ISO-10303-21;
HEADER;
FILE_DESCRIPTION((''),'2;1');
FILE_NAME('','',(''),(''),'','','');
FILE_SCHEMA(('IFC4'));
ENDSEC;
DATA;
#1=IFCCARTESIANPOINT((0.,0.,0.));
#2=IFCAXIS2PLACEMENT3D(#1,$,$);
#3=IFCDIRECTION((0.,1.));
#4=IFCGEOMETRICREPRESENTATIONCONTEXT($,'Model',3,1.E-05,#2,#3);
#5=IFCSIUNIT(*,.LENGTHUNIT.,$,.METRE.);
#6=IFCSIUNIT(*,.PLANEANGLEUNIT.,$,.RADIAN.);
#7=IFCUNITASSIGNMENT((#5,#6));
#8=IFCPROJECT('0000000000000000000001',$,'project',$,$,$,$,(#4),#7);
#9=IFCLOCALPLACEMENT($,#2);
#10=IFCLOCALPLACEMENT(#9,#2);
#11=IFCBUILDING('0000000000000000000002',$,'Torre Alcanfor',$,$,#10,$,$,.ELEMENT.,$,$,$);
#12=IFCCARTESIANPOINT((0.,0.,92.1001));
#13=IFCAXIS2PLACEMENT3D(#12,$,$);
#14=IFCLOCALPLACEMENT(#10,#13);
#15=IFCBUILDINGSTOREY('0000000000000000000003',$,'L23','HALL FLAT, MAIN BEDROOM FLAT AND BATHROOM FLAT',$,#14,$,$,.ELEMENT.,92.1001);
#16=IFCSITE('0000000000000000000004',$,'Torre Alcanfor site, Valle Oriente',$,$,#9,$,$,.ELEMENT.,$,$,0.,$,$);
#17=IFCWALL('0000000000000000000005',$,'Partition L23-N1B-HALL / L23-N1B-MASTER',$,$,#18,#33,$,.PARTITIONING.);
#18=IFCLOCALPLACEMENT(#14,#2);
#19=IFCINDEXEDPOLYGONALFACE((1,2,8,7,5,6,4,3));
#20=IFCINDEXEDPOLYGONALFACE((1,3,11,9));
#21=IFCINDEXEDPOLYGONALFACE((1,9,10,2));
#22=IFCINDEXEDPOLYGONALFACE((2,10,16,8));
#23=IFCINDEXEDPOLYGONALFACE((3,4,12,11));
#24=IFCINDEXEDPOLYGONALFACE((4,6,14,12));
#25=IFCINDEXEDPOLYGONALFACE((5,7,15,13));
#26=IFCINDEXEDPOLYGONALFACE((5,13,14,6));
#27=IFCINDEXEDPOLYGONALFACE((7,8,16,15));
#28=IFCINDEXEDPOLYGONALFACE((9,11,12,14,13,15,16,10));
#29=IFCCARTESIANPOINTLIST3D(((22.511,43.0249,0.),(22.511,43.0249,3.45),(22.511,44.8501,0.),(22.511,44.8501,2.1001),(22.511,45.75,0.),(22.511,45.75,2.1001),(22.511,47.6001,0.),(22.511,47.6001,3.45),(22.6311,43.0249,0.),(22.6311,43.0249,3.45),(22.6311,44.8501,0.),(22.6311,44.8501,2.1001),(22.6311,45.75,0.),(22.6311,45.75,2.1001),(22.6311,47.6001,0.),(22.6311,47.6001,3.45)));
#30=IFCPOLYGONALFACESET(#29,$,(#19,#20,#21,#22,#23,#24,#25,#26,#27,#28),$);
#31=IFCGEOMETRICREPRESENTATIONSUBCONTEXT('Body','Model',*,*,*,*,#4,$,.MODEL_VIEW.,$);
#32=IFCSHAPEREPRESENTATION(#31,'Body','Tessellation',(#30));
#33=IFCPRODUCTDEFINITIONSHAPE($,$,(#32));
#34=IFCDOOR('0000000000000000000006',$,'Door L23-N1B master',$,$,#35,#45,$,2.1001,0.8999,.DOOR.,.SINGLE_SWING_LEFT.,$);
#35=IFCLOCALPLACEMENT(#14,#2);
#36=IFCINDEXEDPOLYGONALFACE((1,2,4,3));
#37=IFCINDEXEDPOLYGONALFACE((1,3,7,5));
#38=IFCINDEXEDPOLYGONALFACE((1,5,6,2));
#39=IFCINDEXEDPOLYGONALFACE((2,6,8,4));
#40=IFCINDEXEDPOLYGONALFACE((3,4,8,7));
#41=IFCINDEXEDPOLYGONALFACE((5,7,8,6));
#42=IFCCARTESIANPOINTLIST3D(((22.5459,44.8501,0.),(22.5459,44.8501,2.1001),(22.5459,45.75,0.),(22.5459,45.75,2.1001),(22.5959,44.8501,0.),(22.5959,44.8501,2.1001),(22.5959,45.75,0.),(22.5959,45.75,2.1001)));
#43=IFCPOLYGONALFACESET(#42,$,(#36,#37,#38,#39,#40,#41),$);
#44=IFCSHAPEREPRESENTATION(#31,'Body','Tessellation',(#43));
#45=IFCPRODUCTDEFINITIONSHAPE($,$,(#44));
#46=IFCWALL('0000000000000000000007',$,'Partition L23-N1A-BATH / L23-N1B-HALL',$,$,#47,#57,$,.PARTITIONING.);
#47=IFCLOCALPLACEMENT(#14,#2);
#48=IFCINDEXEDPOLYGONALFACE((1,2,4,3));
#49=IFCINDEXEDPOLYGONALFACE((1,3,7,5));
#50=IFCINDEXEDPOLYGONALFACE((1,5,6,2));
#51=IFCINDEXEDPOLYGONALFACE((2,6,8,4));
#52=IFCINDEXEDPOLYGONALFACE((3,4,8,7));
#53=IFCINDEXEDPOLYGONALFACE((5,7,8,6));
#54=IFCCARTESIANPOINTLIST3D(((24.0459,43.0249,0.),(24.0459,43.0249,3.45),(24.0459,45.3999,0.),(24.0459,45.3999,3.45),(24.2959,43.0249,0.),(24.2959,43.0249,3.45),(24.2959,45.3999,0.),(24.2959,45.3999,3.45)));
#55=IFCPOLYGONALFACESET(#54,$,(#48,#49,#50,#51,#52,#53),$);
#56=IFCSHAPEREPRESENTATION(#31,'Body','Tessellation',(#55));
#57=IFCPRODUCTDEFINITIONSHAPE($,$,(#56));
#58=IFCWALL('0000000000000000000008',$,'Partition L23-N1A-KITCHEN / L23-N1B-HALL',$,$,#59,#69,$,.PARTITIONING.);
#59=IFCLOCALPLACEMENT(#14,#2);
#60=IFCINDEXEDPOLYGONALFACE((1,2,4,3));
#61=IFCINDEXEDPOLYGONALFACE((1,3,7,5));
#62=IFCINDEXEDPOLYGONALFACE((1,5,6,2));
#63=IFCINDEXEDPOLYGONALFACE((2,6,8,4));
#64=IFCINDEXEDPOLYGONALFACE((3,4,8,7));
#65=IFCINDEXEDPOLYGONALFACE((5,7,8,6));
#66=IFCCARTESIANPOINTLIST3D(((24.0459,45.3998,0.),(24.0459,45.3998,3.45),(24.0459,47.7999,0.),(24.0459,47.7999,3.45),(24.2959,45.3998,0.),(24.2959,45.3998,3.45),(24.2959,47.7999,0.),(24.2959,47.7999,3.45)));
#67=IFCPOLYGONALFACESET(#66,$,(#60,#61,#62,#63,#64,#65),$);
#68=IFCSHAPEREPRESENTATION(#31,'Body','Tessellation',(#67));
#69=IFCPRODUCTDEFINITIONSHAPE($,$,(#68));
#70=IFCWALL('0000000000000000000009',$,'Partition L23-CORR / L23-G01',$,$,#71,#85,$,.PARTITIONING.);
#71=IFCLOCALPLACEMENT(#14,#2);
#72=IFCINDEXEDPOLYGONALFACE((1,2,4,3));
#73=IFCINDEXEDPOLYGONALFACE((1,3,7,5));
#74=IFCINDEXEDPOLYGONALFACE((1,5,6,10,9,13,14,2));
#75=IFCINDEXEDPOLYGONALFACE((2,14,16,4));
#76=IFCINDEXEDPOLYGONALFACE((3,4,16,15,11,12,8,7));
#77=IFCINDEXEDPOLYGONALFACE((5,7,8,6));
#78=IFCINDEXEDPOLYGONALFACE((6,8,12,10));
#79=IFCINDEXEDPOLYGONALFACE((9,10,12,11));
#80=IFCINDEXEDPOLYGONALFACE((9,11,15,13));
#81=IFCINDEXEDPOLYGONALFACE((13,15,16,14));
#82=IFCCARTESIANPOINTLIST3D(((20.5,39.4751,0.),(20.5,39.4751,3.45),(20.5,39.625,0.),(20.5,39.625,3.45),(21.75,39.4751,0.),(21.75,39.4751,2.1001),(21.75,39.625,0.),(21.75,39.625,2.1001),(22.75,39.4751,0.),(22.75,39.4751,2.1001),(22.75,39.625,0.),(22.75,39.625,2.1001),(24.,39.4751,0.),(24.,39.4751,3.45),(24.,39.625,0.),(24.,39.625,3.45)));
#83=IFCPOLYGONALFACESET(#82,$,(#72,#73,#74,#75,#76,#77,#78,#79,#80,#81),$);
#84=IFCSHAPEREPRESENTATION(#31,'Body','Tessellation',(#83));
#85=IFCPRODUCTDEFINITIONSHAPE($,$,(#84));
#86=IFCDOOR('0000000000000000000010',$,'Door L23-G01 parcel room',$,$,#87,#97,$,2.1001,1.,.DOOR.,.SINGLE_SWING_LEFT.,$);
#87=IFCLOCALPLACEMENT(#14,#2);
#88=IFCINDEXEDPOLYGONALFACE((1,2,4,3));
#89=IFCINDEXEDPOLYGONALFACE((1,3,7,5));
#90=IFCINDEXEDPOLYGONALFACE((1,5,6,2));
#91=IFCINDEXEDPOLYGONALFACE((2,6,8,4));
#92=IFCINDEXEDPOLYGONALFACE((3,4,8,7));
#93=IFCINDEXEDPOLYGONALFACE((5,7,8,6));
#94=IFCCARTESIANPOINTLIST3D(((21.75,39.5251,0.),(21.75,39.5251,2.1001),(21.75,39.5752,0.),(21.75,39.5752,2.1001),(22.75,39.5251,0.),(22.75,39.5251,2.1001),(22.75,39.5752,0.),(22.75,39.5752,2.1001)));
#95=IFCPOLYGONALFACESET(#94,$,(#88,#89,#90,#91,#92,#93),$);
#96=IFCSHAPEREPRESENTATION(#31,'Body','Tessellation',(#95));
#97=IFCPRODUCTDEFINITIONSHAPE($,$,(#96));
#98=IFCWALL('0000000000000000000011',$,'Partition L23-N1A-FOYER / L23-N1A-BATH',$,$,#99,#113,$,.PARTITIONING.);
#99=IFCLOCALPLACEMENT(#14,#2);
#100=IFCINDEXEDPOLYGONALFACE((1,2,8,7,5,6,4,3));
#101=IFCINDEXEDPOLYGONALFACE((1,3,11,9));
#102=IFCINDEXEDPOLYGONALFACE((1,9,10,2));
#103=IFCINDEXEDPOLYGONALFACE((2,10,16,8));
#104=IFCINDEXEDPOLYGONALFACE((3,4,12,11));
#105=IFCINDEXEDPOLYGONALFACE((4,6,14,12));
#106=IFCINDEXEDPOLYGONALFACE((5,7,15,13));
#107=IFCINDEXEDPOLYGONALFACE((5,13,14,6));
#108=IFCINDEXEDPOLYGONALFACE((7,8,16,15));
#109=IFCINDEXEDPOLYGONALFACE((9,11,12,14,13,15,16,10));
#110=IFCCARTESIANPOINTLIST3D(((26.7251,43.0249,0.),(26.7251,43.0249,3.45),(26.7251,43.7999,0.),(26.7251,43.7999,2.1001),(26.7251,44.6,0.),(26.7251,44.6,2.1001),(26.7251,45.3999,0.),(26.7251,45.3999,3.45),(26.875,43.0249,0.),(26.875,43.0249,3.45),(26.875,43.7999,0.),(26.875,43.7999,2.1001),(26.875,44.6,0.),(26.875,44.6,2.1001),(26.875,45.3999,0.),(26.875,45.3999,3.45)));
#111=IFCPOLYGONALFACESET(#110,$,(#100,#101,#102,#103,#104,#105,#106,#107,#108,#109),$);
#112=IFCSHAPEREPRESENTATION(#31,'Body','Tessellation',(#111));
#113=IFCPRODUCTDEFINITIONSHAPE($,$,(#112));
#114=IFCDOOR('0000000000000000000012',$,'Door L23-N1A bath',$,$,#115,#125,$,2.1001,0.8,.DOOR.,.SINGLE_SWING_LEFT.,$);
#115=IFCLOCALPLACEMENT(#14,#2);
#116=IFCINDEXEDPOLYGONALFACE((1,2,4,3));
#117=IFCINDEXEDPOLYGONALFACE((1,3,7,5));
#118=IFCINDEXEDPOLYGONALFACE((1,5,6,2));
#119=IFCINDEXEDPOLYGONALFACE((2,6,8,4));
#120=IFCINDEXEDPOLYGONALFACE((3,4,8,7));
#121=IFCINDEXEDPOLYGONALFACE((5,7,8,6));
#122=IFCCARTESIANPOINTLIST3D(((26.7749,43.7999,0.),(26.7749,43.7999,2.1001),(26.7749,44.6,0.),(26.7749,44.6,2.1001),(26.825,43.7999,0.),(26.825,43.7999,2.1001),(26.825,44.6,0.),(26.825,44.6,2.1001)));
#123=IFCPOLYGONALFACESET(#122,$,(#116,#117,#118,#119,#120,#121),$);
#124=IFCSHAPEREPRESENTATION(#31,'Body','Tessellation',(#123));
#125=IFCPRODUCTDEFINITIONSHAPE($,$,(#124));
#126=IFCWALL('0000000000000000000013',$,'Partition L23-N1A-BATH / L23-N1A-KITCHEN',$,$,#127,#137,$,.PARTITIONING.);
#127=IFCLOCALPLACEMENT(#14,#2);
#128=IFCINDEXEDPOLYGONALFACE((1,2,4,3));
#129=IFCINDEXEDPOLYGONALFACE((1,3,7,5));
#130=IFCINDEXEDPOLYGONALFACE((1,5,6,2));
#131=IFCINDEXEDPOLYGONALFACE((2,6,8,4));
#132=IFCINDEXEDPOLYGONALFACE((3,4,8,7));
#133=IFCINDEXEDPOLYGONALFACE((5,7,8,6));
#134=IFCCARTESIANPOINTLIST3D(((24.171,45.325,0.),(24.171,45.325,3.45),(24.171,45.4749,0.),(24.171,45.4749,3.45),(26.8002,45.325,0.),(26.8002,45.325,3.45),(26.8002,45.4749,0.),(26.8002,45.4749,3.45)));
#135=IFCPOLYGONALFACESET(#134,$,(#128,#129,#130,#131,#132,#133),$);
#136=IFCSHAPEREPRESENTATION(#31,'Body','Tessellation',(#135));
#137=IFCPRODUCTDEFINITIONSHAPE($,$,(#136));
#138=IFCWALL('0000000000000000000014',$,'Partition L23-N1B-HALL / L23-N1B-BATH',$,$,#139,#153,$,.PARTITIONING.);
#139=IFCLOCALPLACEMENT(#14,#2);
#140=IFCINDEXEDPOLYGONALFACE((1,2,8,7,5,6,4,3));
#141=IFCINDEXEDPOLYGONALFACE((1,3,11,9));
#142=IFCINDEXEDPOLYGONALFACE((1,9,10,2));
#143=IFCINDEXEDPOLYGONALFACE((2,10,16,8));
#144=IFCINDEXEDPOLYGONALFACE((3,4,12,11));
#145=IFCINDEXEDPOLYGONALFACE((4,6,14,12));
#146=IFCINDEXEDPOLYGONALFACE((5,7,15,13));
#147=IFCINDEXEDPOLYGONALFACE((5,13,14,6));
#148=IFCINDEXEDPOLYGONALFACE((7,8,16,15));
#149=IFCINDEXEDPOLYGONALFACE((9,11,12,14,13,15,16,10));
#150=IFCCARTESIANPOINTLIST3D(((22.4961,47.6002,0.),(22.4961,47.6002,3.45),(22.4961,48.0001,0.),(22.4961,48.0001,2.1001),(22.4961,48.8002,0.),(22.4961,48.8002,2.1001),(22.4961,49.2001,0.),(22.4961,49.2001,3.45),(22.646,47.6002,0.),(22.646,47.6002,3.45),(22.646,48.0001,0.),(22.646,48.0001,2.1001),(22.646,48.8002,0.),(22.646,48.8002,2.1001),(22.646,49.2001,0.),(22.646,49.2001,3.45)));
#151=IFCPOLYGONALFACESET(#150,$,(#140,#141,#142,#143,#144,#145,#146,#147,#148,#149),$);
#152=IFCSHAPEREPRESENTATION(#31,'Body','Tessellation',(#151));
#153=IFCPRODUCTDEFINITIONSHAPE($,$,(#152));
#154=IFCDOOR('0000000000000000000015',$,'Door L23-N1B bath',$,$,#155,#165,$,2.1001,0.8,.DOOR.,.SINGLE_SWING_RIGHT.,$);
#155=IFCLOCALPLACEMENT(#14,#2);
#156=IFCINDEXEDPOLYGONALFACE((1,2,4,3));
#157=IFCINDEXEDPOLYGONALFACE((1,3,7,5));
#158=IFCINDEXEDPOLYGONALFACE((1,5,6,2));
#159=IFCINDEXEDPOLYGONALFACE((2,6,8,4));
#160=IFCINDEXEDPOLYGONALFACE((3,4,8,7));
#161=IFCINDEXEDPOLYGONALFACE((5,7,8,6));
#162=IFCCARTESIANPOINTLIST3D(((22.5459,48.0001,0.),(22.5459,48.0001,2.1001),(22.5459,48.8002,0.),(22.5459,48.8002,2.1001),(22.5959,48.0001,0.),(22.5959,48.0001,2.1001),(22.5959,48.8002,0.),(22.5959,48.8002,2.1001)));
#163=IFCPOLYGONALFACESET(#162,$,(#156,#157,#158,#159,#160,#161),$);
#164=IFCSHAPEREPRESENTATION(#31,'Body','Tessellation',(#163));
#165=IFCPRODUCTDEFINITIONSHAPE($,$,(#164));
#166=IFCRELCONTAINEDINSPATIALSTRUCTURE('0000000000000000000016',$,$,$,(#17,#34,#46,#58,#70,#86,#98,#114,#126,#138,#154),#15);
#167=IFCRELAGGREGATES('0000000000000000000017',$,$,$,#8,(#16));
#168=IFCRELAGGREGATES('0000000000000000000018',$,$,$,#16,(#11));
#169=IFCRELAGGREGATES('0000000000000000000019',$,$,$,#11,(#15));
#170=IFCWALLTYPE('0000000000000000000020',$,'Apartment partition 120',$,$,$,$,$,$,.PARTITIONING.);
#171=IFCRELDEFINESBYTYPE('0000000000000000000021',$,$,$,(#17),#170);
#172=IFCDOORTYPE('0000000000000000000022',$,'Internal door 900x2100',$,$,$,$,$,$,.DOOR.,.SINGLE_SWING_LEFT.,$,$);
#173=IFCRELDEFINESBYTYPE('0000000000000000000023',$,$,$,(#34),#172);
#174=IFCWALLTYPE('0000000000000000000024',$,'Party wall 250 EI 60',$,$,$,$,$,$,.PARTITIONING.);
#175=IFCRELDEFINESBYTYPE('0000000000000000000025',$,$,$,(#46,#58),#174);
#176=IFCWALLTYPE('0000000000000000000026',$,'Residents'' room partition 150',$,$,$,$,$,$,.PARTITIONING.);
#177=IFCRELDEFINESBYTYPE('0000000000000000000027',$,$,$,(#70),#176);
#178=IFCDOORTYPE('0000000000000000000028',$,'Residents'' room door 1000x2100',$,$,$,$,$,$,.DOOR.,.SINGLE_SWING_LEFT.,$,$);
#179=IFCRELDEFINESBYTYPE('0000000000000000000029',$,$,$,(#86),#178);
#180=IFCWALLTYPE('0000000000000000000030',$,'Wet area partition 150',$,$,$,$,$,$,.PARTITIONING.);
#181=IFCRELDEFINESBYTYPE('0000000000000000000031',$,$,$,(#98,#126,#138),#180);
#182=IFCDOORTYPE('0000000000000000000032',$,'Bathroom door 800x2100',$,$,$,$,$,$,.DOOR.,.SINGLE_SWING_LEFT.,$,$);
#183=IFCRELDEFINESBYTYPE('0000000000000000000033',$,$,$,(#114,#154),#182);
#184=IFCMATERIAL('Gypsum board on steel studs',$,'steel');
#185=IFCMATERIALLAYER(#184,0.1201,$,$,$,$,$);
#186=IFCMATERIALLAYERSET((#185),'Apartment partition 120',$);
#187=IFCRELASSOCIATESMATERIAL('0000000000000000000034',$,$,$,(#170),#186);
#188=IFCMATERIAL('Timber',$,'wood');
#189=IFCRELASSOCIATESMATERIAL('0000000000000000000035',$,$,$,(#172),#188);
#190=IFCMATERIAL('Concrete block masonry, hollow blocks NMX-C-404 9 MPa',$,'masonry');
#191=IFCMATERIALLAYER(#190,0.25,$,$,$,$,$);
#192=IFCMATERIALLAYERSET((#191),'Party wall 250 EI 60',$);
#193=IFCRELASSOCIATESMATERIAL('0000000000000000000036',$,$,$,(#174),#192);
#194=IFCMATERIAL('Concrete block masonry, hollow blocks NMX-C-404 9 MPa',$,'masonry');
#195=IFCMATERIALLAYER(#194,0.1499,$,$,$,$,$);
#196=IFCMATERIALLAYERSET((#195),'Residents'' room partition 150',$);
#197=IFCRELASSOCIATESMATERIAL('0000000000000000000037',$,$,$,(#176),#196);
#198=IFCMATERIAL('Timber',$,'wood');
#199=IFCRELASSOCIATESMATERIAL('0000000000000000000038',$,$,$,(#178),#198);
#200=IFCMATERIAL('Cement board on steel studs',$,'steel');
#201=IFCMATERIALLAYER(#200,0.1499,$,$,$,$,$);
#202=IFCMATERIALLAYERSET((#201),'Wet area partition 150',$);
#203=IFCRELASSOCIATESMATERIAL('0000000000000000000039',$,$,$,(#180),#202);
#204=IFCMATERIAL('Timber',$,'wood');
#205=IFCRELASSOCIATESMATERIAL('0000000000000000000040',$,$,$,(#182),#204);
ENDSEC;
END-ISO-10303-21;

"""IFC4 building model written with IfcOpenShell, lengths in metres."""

from ifc_helpers import new_model, si_unit, direction, frame, frame_2d, origin, place, context, subcontext, project, spatial, rectangle, extrude, material, layer, layer_set, type_object, element, fill, save


model = new_model("IFC4")

# Units and contexts
model_context = context("Model", 3, precision=1e-05, world=origin(), true_north=direction((0.0, 1.0)))
body_context = subcontext(model_context, "Body", "Model", "MODEL_VIEW")
ifc_project = project(units=[si_unit("LENGTHUNIT", "METRE"), si_unit("PLANEANGLEUNIT", "RADIAN")], contexts=[model_context])

# Site, building, storey
site_placement = place(None, origin())
site = spatial("IfcSite", under=ifc_project, at=site_placement, Name="Torre Alcanfor site, Valle Oriente", CompositionType="ELEMENT", RefElevation=0.0)
building_placement = place(site_placement, origin())
building = spatial("IfcBuilding", under=site, at=building_placement, Name="Torre Alcanfor", CompositionType="ELEMENT")
storey_placement = place(building_placement, frame((0.0, 0.0, 92.1001)))
storey = spatial("IfcBuildingStorey", under=building, at=storey_placement, Name="L23", Description="HALL FLAT, MAIN BEDROOM FLAT AND BATHROOM FLAT", CompositionType="ELEMENT", Elevation=92.1001)

# Wall, opening, door
ifc_material_1 = material(Name="Gypsum board on steel studs", Category="steel")
ifc_layer_1 = layer(ifc_material_1, 0.1201)
ifc_layer_set_1 = layer_set([ifc_layer_1], Name="Apartment partition 120")
wall_type_1 = type_object("IfcWallType", Name="Apartment partition 120", PredefinedType="PARTITIONING", material=ifc_layer_set_1)
wall_1_placement = place(storey_placement, frame((22.571, 47.6001, 0.0), z_axis=(0.0, 0.0, 1.0), x_axis=(0.0, -1.0, 0.0)))
wall_1 = element("IfcWall", 1, at=wall_1_placement, inside=storey, type_object=wall_type_1, Name="Partition L23-N1B-HALL / L23-N1B-MASTER", PredefinedType="PARTITIONING", context=body_context, shape_type="SweptSolid", body=[
    extrude(rectangle(XDim=4.5752, YDim=0.1201, at=frame_2d((2.2876, 0.0))), origin(), (0.0, 0.0, 1.0), 3.45),
])
opening_1_placement = place(wall_1_placement, frame((1.8501, 0.0, 0.0)))
opening_1 = element("IfcOpeningElement", 2, at=opening_1_placement, cuts=wall_1, PredefinedType="OPENING", context=body_context, shape_type="SweptSolid", body=[
    extrude(rectangle(XDim=0.8999, YDim=2.1001, at=frame_2d((0.45, 1.05))), frame((0.0, 0.0701, 0.0), z_axis=(0.0, -1.0, 0.0), x_axis=(1.0, 0.0, 0.0)), (0.0, 0.0, 1.0), 0.1401),
])
ifc_material_2 = material(Name="Timber", Category="wood")
door_type_1 = type_object("IfcDoorType", Name="Internal door 900x2100", OperationType="SINGLE_SWING_LEFT", PredefinedType="DOOR", material=ifc_material_2)
door_1_placement = place(opening_1_placement, frame((0.8999, 0.0, 0.0), z_axis=(0.0, 0.0, 1.0), x_axis=(-1.0, 0.0, 0.0)))
door_1 = element("IfcDoor", 3, at=door_1_placement, inside=storey, type_object=door_type_1, Name="Door L23-N1B master", OperationType="SINGLE_SWING_LEFT", OverallHeight=2.1001, OverallWidth=0.8999, PredefinedType="DOOR", context=body_context, shape_type="SweptSolid", body=[
    extrude(rectangle(XDim=0.8999, YDim=2.1001, at=frame_2d((0.45, 1.05))), frame((0.0, 0.0251, 0.0), z_axis=(0.0, -1.0, 0.0), x_axis=(1.0, 0.0, 0.0)), (0.0, 0.0, 1.0), 0.05),
])
fill(opening_1, door_1)

# Walls
ifc_material_3 = material(Name="Concrete block masonry, hollow blocks NMX-C-404 9 MPa", Category="masonry")
ifc_layer_2 = layer(ifc_material_3, 0.25)
ifc_layer_set_2 = layer_set([ifc_layer_2], Name="Party wall 250 EI 60")
wall_type_2 = type_object("IfcWallType", Name="Party wall 250 EI 60", PredefinedType="PARTITIONING", material=ifc_layer_set_2)
wall_2_placement = place(storey_placement, frame((24.1709, 45.3999, 0.0), z_axis=(0.0, 0.0, 1.0), x_axis=(0.0, -1.0, 0.0)))
element("IfcWall", 4, at=wall_2_placement, inside=storey, type_object=wall_type_2, Name="Partition L23-N1A-BATH / L23-N1B-HALL", PredefinedType="PARTITIONING", context=body_context, shape_type="SweptSolid", body=[
    extrude(rectangle(XDim=2.375, YDim=0.25, at=frame_2d((1.1875, 0.0))), origin(), (0.0, 0.0, 1.0), 3.45),
])
wall_3_placement = place(storey_placement, frame((24.1709, 47.8, 0.0), z_axis=(0.0, 0.0, 1.0), x_axis=(0.0, -1.0, 0.0)))
element("IfcWall", 5, at=wall_3_placement, inside=storey, type_object=wall_type_2, Name="Partition L23-N1A-KITCHEN / L23-N1B-HALL", PredefinedType="PARTITIONING", context=body_context, shape_type="SweptSolid", body=[
    extrude(rectangle(XDim=2.4001, YDim=0.25, at=frame_2d((1.2002, 0.0))), origin(), (0.0, 0.0, 1.0), 3.45),
])

# Walls, openings, doors
ifc_material_4 = material(Name="Concrete block masonry, hollow blocks NMX-C-404 9 MPa", Category="masonry")
ifc_layer_3 = layer(ifc_material_4, 0.1499)
ifc_layer_set_3 = layer_set([ifc_layer_3], Name="Residents' room partition 150")
wall_type_3 = type_object("IfcWallType", Name="Residents' room partition 150", PredefinedType="PARTITIONING", material=ifc_layer_set_3)
wall_4_placement = place(storey_placement, frame((24.0, 39.55, 0.0), z_axis=(0.0, 0.0, 1.0), x_axis=(-1.0, 0.0, 0.0)))
wall_4 = element("IfcWall", 6, at=wall_4_placement, inside=storey, type_object=wall_type_3, Name="Partition L23-CORR / L23-G01", PredefinedType="PARTITIONING", context=body_context, shape_type="SweptSolid", body=[
    extrude(rectangle(XDim=3.5, YDim=0.1499, at=frame_2d((1.75, 0.0))), origin(), (0.0, 0.0, 1.0), 3.45),
])
opening_2_placement = place(wall_4_placement, frame((1.25, 0.0, 0.0)))
opening_2 = element("IfcOpeningElement", 7, at=opening_2_placement, cuts=wall_4, PredefinedType="OPENING", context=body_context, shape_type="SweptSolid", body=[
    extrude(rectangle(XDim=1.0, YDim=2.1001, at=frame_2d((0.5, 1.05))), frame((0.0, 0.085, 0.0), z_axis=(0.0, -1.0, 0.0), x_axis=(1.0, 0.0, 0.0)), (0.0, 0.0, 1.0), 0.1699),
])
ifc_material_5 = material(Name="Timber", Category="wood")
door_type_2 = type_object("IfcDoorType", Name="Residents' room door 1000x2100", OperationType="SINGLE_SWING_LEFT", PredefinedType="DOOR", material=ifc_material_5)
door_2_placement = place(opening_2_placement, origin())
door_2 = element("IfcDoor", 8, at=door_2_placement, inside=storey, type_object=door_type_2, Name="Door L23-G01 parcel room", OperationType="SINGLE_SWING_LEFT", OverallHeight=2.1001, OverallWidth=1.0, PredefinedType="DOOR", context=body_context, shape_type="SweptSolid", body=[
    extrude(rectangle(XDim=1.0, YDim=2.1001, at=frame_2d((0.5, 1.05))), frame((0.0, 0.0249, 0.0), z_axis=(0.0, -1.0, 0.0), x_axis=(1.0, 0.0, 0.0)), (0.0, 0.0, 1.0), 0.05),
])
fill(opening_2, door_2)
ifc_material_6 = material(Name="Cement board on steel studs", Category="steel")
ifc_layer_4 = layer(ifc_material_6, 0.1499)
ifc_layer_set_4 = layer_set([ifc_layer_4], Name="Wet area partition 150")
wall_type_4 = type_object("IfcWallType", Name="Wet area partition 150", PredefinedType="PARTITIONING", material=ifc_layer_set_4)
wall_5_placement = place(storey_placement, frame((26.8, 45.3999, 0.0), z_axis=(0.0, 0.0, 1.0), x_axis=(0.0, -1.0, 0.0)))
wall_5 = element("IfcWall", 9, at=wall_5_placement, inside=storey, type_object=wall_type_4, Name="Partition L23-N1A-FOYER / L23-N1A-BATH", PredefinedType="PARTITIONING", context=body_context, shape_type="SweptSolid", body=[
    extrude(rectangle(XDim=2.375, YDim=0.1499, at=frame_2d((1.1875, 0.0))), origin(), (0.0, 0.0, 1.0), 3.45),
])
opening_3_placement = place(wall_5_placement, frame((0.8, 0.0, 0.0)))
opening_3 = element("IfcOpeningElement", 10, at=opening_3_placement, cuts=wall_5, PredefinedType="OPENING", context=body_context, shape_type="SweptSolid", body=[
    extrude(rectangle(XDim=0.8, YDim=2.1001, at=frame_2d((0.3999, 1.05))), frame((0.0, 0.085, 0.0), z_axis=(0.0, -1.0, 0.0), x_axis=(1.0, 0.0, 0.0)), (0.0, 0.0, 1.0), 0.1699),
])
ifc_material_7 = material(Name="Timber", Category="wood")
door_type_3 = type_object("IfcDoorType", Name="Bathroom door 800x2100", OperationType="SINGLE_SWING_LEFT", PredefinedType="DOOR", material=ifc_material_7)
door_3_placement = place(opening_3_placement, frame((0.8, 0.0, 0.0), z_axis=(0.0, 0.0, 1.0), x_axis=(-1.0, 0.0, 0.0)))
door_3 = element("IfcDoor", 11, at=door_3_placement, inside=storey, type_object=door_type_3, Name="Door L23-N1A bath", OperationType="SINGLE_SWING_LEFT", OverallHeight=2.1001, OverallWidth=0.8, PredefinedType="DOOR", context=body_context, shape_type="SweptSolid", body=[
    extrude(rectangle(XDim=0.8, YDim=2.1001, at=frame_2d((0.4001, 1.05))), frame((0.0, 0.0251, 0.0), z_axis=(0.0, -1.0, 0.0), x_axis=(1.0, 0.0, 0.0)), (0.0, 0.0, 1.0), 0.05),
])
fill(opening_3, door_3)

# Wall
wall_6_placement = place(storey_placement, frame((26.8, 45.3999, 0.0), z_axis=(0.0, 0.0, 1.0), x_axis=(-1.0, 0.0, 0.0)))
element("IfcWall", 12, at=wall_6_placement, inside=storey, type_object=wall_type_4, Name="Partition L23-N1A-BATH / L23-N1A-KITCHEN", PredefinedType="PARTITIONING", context=body_context, shape_type="SweptSolid", body=[
    extrude(rectangle(XDim=2.6292, YDim=0.1499, at=frame_2d((1.3145, 0.0))), origin(), (0.0, 0.0, 1.0), 3.45),
])

# Wall, opening, door
wall_7_placement = place(storey_placement, frame((22.571, 49.2, 0.0), z_axis=(0.0, 0.0, 1.0), x_axis=(0.0, -1.0, 0.0)))
wall_7 = element("IfcWall", 13, at=wall_7_placement, inside=storey, type_object=wall_type_4, Name="Partition L23-N1B-HALL / L23-N1B-BATH", PredefinedType="PARTITIONING", context=body_context, shape_type="SweptSolid", body=[
    extrude(rectangle(XDim=1.5999, YDim=0.1499, at=frame_2d((0.7998, 0.0))), origin(), (0.0, 0.0, 1.0), 3.45),
])
opening_4_placement = place(wall_7_placement, frame((0.3999, 0.0, 0.0)))
opening_4 = element("IfcOpeningElement", 14, at=opening_4_placement, cuts=wall_7, PredefinedType="OPENING", context=body_context, shape_type="SweptSolid", body=[
    extrude(rectangle(XDim=0.8, YDim=2.1001, at=frame_2d((0.3999, 1.05))), frame((0.0, 0.085, 0.0), z_axis=(0.0, -1.0, 0.0), x_axis=(1.0, 0.0, 0.0)), (0.0, 0.0, 1.0), 0.1699),
])
door_4_placement = place(opening_4_placement, frame((0.8, 0.0, 0.0), z_axis=(0.0, 0.0, 1.0), x_axis=(-1.0, 0.0, 0.0)))
door_4 = element("IfcDoor", 15, at=door_4_placement, inside=storey, type_object=door_type_3, Name="Door L23-N1B bath", OperationType="SINGLE_SWING_RIGHT", OverallHeight=2.1001, OverallWidth=0.8, PredefinedType="DOOR", context=body_context, shape_type="SweptSolid", body=[
    extrude(rectangle(XDim=0.8, YDim=2.1001, at=frame_2d((0.4001, 1.05))), frame((0.0, 0.0251, 0.0), z_axis=(0.0, -1.0, 0.0), x_axis=(1.0, 0.0, 0.0)), (0.0, 0.0, 1.0), 0.05),
])
fill(opening_4, door_4)

save(model, "model.ifc")
